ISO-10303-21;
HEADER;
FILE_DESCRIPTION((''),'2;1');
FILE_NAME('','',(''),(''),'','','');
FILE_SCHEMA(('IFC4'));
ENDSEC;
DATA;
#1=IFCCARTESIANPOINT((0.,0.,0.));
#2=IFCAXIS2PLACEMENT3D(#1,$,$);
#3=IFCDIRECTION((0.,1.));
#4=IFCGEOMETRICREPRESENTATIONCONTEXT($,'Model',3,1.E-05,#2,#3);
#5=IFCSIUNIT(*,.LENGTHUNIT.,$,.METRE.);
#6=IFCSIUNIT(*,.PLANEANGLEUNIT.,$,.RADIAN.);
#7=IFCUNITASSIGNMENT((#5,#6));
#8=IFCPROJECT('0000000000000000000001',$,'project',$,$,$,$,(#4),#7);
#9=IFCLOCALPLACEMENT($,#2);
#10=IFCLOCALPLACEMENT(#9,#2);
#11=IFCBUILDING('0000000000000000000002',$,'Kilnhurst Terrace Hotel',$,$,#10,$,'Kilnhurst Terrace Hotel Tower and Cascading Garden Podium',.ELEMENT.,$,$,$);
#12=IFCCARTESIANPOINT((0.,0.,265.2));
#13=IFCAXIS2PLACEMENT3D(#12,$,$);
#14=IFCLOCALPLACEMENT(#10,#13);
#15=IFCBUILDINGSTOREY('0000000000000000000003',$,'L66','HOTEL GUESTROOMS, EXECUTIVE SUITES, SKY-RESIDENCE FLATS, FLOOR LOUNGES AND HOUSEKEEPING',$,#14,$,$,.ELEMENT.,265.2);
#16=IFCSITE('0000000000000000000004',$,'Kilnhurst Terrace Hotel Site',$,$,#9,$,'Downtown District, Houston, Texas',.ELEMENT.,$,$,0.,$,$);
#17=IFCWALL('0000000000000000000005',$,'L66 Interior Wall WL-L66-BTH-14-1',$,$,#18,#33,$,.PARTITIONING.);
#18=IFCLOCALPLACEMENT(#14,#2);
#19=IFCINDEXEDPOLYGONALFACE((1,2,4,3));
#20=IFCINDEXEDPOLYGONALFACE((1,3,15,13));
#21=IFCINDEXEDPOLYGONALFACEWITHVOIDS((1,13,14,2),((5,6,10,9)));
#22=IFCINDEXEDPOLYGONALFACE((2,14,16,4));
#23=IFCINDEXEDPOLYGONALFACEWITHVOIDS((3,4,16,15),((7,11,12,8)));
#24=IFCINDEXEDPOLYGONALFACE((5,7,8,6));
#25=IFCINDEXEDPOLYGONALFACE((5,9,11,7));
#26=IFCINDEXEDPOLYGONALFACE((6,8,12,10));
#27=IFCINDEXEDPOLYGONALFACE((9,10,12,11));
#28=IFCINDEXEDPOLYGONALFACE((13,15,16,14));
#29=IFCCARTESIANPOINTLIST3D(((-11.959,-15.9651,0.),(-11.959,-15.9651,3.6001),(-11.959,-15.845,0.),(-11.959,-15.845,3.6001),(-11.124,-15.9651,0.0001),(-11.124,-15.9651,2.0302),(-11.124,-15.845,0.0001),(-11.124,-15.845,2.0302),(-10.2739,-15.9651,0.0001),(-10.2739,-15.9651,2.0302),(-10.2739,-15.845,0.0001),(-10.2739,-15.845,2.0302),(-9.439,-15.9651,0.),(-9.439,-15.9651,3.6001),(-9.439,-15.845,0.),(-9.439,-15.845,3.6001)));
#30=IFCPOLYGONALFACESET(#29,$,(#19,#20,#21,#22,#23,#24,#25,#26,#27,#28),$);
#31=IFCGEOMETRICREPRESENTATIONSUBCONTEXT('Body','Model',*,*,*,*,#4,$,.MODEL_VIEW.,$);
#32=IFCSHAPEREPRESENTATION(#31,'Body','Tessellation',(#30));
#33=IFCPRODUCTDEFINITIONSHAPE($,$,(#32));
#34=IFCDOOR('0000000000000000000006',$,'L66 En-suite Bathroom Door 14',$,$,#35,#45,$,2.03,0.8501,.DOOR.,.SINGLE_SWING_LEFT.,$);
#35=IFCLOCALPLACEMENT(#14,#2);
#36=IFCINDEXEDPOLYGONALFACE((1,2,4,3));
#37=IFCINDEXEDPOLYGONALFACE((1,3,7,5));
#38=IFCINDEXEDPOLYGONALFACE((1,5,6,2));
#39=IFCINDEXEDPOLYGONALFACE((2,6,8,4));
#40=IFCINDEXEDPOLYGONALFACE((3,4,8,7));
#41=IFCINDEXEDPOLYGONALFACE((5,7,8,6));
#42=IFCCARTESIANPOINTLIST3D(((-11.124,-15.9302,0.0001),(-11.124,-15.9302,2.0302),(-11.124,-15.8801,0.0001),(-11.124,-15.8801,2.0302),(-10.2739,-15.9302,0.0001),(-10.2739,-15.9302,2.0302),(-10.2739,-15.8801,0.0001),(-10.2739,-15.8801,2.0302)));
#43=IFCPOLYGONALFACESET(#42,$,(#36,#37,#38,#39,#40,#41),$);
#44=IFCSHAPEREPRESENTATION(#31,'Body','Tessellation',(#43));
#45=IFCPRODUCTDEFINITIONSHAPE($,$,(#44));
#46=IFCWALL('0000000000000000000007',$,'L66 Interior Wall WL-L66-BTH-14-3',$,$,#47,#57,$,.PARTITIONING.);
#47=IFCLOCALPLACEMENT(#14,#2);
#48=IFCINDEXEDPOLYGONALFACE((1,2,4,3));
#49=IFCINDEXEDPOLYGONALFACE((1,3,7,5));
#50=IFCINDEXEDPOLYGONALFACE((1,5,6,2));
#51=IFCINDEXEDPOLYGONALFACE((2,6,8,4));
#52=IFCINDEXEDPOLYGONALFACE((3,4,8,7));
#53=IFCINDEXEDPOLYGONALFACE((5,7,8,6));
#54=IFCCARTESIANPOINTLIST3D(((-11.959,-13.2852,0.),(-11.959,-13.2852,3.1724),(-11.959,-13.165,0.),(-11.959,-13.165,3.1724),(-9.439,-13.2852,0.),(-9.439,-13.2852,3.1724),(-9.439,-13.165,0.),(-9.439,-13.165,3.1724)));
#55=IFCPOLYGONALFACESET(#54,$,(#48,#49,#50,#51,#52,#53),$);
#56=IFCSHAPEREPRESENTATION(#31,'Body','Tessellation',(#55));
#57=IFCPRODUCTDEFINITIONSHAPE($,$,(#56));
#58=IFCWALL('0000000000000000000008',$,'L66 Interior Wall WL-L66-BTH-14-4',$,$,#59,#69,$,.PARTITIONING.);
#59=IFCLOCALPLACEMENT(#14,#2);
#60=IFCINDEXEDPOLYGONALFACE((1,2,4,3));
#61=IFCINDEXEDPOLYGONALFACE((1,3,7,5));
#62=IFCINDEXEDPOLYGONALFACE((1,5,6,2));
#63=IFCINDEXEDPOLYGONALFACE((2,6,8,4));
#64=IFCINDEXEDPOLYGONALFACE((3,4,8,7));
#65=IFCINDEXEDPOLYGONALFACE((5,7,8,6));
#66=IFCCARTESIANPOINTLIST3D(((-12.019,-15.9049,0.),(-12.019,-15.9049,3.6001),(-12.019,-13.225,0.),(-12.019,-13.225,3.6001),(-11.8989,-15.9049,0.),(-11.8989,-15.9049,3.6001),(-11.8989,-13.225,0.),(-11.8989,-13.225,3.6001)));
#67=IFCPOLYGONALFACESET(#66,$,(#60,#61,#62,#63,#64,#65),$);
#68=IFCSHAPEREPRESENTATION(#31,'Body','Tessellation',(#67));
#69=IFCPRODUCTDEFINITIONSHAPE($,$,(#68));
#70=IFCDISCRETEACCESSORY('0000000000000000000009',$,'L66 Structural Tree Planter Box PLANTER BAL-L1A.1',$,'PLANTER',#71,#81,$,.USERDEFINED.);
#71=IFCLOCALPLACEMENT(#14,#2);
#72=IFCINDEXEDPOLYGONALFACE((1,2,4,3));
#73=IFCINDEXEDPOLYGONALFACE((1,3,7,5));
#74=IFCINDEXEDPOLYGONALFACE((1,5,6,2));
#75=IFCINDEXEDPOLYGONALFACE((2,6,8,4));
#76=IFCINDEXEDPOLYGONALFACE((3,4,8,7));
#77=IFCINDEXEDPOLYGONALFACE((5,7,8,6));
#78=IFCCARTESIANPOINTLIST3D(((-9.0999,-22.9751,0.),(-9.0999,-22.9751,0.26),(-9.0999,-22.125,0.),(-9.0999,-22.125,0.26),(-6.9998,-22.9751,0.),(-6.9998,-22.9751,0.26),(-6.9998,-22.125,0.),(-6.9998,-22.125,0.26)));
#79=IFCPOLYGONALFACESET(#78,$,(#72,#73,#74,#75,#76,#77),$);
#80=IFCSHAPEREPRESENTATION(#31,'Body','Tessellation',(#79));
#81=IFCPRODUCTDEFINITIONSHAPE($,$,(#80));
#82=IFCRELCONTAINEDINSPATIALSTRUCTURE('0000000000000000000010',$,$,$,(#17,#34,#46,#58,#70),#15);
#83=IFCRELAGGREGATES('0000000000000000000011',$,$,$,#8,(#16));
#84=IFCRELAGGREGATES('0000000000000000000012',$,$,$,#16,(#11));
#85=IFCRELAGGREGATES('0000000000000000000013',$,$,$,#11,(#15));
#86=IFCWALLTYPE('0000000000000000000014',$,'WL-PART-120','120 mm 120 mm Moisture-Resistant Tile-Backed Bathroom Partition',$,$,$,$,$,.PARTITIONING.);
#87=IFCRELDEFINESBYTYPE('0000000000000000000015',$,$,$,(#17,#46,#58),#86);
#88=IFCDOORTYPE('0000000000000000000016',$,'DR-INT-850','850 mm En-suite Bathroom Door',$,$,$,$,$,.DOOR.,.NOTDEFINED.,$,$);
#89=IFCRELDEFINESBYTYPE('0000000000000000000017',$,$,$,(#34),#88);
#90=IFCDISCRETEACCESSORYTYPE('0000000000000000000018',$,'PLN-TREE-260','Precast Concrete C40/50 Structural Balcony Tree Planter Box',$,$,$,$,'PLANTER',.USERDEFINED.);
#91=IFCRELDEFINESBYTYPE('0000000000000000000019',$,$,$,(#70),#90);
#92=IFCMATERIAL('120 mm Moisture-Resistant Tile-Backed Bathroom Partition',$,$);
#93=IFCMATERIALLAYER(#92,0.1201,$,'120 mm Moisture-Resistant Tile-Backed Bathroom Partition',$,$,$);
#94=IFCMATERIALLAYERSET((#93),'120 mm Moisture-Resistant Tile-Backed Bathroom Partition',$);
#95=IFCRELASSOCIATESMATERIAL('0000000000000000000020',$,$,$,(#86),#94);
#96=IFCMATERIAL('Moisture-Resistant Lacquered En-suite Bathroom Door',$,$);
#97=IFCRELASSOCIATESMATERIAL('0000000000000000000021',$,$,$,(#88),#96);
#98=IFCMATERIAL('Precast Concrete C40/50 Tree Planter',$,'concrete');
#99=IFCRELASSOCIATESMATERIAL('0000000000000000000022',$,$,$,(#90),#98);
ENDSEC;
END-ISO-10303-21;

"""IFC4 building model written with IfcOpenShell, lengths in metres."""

from ifc_helpers import new_model, si_unit, direction, frame, frame_2d, origin, origin_2d, place, context, subcontext, project, spatial, rectangle, extrude, material, layer, layer_set, type_object, element, fill, save


model = new_model("IFC4")

# Units and contexts
model_context = context("Model", 3, precision=1e-05, world=origin(), true_north=direction((0.0, 1.0)))
body_context = subcontext(model_context, "Body", "Model", "MODEL_VIEW")
ifc_project = project(units=[si_unit("LENGTHUNIT", "METRE"), si_unit("PLANEANGLEUNIT", "RADIAN")], contexts=[model_context])

# Site, building, storey
site_placement = place(None, origin())
site = spatial("IfcSite", under=ifc_project, at=site_placement, Name="Kilnhurst Terrace Hotel Site", LongName="Downtown District, Houston, Texas", CompositionType="ELEMENT", RefElevation=0.0)
building_placement = place(site_placement, origin())
building = spatial("IfcBuilding", under=site, at=building_placement, Name="Kilnhurst Terrace Hotel", LongName="Kilnhurst Terrace Hotel Tower and Cascading Garden Podium", CompositionType="ELEMENT")
storey_placement = place(building_placement, frame((0.0, 0.0, 265.2)))
storey = spatial("IfcBuildingStorey", under=building, at=storey_placement, Name="L66", Description="HOTEL GUESTROOMS, EXECUTIVE SUITES, SKY-RESIDENCE FLATS, FLOOR LOUNGES AND HOUSEKEEPING", CompositionType="ELEMENT", Elevation=265.2)

# Wall, opening, door
ifc_material_1 = material(Name="120 mm Moisture-Resistant Tile-Backed Bathroom Partition")
ifc_layer_1 = layer(ifc_material_1, 0.1201, Name="120 mm Moisture-Resistant Tile-Backed Bathroom Partition")
ifc_layer_set_1 = layer_set([ifc_layer_1], Name="120 mm Moisture-Resistant Tile-Backed Bathroom Partition")
wall_type_1 = type_object("IfcWallType", Name="WL-PART-120", Description="120 mm 120 mm Moisture-Resistant Tile-Backed Bathroom Partition", PredefinedType="PARTITIONING", material=ifc_layer_set_1)
wall_1_placement = place(storey_placement, frame((-11.959, -15.905, 0.0), z_axis=(0.0, 0.0, 1.0), x_axis=(1.0, 0.0, 0.0)))
wall_1 = element("IfcWall", 1, at=wall_1_placement, inside=storey, type_object=wall_type_1, Name="L66 Interior Wall WL-L66-BTH-14-1", PredefinedType="PARTITIONING", context=body_context, shape_type="SweptSolid", body=[
    extrude(rectangle(XDim=2.52, YDim=0.1201, at=frame_2d((1.26, 0.0))), origin(), (0.0, 0.0, 1.0), 3.6001),
])
opening_1_placement = place(wall_1_placement, frame((0.835, 0.0, 0.0)))
opening_1 = element("IfcOpeningElement", 2, at=opening_1_placement, cuts=wall_1, PredefinedType="OPENING", context=body_context, shape_type="SweptSolid", body=[
    extrude(rectangle(XDim=0.8501, YDim=2.03, at=frame_2d((0.425, 1.0151))), frame((0.0, 0.0701, 0.0), z_axis=(0.0, -1.0, 0.0), x_axis=(1.0, 0.0, 0.0)), (0.0, 0.0, 1.0), 0.1401),
])
ifc_material_2 = material(Name="Moisture-Resistant Lacquered En-suite Bathroom Door")
door_type_1 = type_object("IfcDoorType", Name="DR-INT-850", Description="850 mm En-suite Bathroom Door", OperationType="NOTDEFINED", PredefinedType="DOOR", material=ifc_material_2)
door_1_placement = place(opening_1_placement, origin())
door_1 = element("IfcDoor", 3, at=door_1_placement, inside=storey, type_object=door_type_1, Name="L66 En-suite Bathroom Door 14", OperationType="SINGLE_SWING_LEFT", OverallHeight=2.03, OverallWidth=0.8501, PredefinedType="DOOR", context=body_context, shape_type="SweptSolid", body=[
    extrude(rectangle(XDim=0.8501, YDim=2.03, at=frame_2d((0.425, 1.0151))), frame((0.0, 0.0249, 0.0), z_axis=(0.0, -1.0, 0.0), x_axis=(1.0, 0.0, 0.0)), (0.0, 0.0, 1.0), 0.05),
])
fill(opening_1, door_1)

# Walls
wall_2_placement = place(storey_placement, frame((-9.439, -13.2251, 0.0), z_axis=(0.0, 0.0, 1.0), x_axis=(-1.0, 0.0, 0.0)))
element("IfcWall", 4, at=wall_2_placement, inside=storey, type_object=wall_type_1, Name="L66 Interior Wall WL-L66-BTH-14-3", PredefinedType="PARTITIONING", context=body_context, shape_type="SweptSolid", body=[
    extrude(rectangle(XDim=2.52, YDim=0.1201, at=frame_2d((1.26, 0.0))), origin(), (0.0, 0.0, 1.0), 3.1724),
])
wall_3_placement = place(storey_placement, frame((-11.959, -13.2251, 0.0), z_axis=(0.0, 0.0, 1.0), x_axis=(0.0, -1.0, 0.0)))
element("IfcWall", 5, at=wall_3_placement, inside=storey, type_object=wall_type_1, Name="L66 Interior Wall WL-L66-BTH-14-4", PredefinedType="PARTITIONING", context=body_context, shape_type="SweptSolid", body=[
    extrude(rectangle(XDim=2.6799, YDim=0.1201, at=frame_2d((1.3398, 0.0))), origin(), (0.0, 0.0, 1.0), 3.6001),
])

# Discrete accessory
ifc_material_3 = material(Name="Precast Concrete C40/50 Tree Planter", Category="concrete")
discrete_accessory_type = type_object("IfcDiscreteAccessoryType", Name="PLN-TREE-260", Description="Precast Concrete C40/50 Structural Balcony Tree Planter Box", ElementType="PLANTER", PredefinedType="USERDEFINED", material=ifc_material_3)
discrete_accessory_placement = place(storey_placement, frame((-8.0498, -22.55, 0.0), z_axis=(0.0, 0.0, 1.0), x_axis=(1.0, 0.0, 0.0)))
element("IfcDiscreteAccessory", 6, at=discrete_accessory_placement, inside=storey, type_object=discrete_accessory_type, Name="L66 Structural Tree Planter Box PLANTER BAL-L1A.1", ObjectType="PLANTER", PredefinedType="USERDEFINED", context=body_context, shape_type="SweptSolid", body=[
    extrude(rectangle(XDim=2.1001, YDim=0.8501, at=origin_2d()), origin(), (0.0, 0.0, 1.0), 0.26),
])

save(model, "model.ifc")
